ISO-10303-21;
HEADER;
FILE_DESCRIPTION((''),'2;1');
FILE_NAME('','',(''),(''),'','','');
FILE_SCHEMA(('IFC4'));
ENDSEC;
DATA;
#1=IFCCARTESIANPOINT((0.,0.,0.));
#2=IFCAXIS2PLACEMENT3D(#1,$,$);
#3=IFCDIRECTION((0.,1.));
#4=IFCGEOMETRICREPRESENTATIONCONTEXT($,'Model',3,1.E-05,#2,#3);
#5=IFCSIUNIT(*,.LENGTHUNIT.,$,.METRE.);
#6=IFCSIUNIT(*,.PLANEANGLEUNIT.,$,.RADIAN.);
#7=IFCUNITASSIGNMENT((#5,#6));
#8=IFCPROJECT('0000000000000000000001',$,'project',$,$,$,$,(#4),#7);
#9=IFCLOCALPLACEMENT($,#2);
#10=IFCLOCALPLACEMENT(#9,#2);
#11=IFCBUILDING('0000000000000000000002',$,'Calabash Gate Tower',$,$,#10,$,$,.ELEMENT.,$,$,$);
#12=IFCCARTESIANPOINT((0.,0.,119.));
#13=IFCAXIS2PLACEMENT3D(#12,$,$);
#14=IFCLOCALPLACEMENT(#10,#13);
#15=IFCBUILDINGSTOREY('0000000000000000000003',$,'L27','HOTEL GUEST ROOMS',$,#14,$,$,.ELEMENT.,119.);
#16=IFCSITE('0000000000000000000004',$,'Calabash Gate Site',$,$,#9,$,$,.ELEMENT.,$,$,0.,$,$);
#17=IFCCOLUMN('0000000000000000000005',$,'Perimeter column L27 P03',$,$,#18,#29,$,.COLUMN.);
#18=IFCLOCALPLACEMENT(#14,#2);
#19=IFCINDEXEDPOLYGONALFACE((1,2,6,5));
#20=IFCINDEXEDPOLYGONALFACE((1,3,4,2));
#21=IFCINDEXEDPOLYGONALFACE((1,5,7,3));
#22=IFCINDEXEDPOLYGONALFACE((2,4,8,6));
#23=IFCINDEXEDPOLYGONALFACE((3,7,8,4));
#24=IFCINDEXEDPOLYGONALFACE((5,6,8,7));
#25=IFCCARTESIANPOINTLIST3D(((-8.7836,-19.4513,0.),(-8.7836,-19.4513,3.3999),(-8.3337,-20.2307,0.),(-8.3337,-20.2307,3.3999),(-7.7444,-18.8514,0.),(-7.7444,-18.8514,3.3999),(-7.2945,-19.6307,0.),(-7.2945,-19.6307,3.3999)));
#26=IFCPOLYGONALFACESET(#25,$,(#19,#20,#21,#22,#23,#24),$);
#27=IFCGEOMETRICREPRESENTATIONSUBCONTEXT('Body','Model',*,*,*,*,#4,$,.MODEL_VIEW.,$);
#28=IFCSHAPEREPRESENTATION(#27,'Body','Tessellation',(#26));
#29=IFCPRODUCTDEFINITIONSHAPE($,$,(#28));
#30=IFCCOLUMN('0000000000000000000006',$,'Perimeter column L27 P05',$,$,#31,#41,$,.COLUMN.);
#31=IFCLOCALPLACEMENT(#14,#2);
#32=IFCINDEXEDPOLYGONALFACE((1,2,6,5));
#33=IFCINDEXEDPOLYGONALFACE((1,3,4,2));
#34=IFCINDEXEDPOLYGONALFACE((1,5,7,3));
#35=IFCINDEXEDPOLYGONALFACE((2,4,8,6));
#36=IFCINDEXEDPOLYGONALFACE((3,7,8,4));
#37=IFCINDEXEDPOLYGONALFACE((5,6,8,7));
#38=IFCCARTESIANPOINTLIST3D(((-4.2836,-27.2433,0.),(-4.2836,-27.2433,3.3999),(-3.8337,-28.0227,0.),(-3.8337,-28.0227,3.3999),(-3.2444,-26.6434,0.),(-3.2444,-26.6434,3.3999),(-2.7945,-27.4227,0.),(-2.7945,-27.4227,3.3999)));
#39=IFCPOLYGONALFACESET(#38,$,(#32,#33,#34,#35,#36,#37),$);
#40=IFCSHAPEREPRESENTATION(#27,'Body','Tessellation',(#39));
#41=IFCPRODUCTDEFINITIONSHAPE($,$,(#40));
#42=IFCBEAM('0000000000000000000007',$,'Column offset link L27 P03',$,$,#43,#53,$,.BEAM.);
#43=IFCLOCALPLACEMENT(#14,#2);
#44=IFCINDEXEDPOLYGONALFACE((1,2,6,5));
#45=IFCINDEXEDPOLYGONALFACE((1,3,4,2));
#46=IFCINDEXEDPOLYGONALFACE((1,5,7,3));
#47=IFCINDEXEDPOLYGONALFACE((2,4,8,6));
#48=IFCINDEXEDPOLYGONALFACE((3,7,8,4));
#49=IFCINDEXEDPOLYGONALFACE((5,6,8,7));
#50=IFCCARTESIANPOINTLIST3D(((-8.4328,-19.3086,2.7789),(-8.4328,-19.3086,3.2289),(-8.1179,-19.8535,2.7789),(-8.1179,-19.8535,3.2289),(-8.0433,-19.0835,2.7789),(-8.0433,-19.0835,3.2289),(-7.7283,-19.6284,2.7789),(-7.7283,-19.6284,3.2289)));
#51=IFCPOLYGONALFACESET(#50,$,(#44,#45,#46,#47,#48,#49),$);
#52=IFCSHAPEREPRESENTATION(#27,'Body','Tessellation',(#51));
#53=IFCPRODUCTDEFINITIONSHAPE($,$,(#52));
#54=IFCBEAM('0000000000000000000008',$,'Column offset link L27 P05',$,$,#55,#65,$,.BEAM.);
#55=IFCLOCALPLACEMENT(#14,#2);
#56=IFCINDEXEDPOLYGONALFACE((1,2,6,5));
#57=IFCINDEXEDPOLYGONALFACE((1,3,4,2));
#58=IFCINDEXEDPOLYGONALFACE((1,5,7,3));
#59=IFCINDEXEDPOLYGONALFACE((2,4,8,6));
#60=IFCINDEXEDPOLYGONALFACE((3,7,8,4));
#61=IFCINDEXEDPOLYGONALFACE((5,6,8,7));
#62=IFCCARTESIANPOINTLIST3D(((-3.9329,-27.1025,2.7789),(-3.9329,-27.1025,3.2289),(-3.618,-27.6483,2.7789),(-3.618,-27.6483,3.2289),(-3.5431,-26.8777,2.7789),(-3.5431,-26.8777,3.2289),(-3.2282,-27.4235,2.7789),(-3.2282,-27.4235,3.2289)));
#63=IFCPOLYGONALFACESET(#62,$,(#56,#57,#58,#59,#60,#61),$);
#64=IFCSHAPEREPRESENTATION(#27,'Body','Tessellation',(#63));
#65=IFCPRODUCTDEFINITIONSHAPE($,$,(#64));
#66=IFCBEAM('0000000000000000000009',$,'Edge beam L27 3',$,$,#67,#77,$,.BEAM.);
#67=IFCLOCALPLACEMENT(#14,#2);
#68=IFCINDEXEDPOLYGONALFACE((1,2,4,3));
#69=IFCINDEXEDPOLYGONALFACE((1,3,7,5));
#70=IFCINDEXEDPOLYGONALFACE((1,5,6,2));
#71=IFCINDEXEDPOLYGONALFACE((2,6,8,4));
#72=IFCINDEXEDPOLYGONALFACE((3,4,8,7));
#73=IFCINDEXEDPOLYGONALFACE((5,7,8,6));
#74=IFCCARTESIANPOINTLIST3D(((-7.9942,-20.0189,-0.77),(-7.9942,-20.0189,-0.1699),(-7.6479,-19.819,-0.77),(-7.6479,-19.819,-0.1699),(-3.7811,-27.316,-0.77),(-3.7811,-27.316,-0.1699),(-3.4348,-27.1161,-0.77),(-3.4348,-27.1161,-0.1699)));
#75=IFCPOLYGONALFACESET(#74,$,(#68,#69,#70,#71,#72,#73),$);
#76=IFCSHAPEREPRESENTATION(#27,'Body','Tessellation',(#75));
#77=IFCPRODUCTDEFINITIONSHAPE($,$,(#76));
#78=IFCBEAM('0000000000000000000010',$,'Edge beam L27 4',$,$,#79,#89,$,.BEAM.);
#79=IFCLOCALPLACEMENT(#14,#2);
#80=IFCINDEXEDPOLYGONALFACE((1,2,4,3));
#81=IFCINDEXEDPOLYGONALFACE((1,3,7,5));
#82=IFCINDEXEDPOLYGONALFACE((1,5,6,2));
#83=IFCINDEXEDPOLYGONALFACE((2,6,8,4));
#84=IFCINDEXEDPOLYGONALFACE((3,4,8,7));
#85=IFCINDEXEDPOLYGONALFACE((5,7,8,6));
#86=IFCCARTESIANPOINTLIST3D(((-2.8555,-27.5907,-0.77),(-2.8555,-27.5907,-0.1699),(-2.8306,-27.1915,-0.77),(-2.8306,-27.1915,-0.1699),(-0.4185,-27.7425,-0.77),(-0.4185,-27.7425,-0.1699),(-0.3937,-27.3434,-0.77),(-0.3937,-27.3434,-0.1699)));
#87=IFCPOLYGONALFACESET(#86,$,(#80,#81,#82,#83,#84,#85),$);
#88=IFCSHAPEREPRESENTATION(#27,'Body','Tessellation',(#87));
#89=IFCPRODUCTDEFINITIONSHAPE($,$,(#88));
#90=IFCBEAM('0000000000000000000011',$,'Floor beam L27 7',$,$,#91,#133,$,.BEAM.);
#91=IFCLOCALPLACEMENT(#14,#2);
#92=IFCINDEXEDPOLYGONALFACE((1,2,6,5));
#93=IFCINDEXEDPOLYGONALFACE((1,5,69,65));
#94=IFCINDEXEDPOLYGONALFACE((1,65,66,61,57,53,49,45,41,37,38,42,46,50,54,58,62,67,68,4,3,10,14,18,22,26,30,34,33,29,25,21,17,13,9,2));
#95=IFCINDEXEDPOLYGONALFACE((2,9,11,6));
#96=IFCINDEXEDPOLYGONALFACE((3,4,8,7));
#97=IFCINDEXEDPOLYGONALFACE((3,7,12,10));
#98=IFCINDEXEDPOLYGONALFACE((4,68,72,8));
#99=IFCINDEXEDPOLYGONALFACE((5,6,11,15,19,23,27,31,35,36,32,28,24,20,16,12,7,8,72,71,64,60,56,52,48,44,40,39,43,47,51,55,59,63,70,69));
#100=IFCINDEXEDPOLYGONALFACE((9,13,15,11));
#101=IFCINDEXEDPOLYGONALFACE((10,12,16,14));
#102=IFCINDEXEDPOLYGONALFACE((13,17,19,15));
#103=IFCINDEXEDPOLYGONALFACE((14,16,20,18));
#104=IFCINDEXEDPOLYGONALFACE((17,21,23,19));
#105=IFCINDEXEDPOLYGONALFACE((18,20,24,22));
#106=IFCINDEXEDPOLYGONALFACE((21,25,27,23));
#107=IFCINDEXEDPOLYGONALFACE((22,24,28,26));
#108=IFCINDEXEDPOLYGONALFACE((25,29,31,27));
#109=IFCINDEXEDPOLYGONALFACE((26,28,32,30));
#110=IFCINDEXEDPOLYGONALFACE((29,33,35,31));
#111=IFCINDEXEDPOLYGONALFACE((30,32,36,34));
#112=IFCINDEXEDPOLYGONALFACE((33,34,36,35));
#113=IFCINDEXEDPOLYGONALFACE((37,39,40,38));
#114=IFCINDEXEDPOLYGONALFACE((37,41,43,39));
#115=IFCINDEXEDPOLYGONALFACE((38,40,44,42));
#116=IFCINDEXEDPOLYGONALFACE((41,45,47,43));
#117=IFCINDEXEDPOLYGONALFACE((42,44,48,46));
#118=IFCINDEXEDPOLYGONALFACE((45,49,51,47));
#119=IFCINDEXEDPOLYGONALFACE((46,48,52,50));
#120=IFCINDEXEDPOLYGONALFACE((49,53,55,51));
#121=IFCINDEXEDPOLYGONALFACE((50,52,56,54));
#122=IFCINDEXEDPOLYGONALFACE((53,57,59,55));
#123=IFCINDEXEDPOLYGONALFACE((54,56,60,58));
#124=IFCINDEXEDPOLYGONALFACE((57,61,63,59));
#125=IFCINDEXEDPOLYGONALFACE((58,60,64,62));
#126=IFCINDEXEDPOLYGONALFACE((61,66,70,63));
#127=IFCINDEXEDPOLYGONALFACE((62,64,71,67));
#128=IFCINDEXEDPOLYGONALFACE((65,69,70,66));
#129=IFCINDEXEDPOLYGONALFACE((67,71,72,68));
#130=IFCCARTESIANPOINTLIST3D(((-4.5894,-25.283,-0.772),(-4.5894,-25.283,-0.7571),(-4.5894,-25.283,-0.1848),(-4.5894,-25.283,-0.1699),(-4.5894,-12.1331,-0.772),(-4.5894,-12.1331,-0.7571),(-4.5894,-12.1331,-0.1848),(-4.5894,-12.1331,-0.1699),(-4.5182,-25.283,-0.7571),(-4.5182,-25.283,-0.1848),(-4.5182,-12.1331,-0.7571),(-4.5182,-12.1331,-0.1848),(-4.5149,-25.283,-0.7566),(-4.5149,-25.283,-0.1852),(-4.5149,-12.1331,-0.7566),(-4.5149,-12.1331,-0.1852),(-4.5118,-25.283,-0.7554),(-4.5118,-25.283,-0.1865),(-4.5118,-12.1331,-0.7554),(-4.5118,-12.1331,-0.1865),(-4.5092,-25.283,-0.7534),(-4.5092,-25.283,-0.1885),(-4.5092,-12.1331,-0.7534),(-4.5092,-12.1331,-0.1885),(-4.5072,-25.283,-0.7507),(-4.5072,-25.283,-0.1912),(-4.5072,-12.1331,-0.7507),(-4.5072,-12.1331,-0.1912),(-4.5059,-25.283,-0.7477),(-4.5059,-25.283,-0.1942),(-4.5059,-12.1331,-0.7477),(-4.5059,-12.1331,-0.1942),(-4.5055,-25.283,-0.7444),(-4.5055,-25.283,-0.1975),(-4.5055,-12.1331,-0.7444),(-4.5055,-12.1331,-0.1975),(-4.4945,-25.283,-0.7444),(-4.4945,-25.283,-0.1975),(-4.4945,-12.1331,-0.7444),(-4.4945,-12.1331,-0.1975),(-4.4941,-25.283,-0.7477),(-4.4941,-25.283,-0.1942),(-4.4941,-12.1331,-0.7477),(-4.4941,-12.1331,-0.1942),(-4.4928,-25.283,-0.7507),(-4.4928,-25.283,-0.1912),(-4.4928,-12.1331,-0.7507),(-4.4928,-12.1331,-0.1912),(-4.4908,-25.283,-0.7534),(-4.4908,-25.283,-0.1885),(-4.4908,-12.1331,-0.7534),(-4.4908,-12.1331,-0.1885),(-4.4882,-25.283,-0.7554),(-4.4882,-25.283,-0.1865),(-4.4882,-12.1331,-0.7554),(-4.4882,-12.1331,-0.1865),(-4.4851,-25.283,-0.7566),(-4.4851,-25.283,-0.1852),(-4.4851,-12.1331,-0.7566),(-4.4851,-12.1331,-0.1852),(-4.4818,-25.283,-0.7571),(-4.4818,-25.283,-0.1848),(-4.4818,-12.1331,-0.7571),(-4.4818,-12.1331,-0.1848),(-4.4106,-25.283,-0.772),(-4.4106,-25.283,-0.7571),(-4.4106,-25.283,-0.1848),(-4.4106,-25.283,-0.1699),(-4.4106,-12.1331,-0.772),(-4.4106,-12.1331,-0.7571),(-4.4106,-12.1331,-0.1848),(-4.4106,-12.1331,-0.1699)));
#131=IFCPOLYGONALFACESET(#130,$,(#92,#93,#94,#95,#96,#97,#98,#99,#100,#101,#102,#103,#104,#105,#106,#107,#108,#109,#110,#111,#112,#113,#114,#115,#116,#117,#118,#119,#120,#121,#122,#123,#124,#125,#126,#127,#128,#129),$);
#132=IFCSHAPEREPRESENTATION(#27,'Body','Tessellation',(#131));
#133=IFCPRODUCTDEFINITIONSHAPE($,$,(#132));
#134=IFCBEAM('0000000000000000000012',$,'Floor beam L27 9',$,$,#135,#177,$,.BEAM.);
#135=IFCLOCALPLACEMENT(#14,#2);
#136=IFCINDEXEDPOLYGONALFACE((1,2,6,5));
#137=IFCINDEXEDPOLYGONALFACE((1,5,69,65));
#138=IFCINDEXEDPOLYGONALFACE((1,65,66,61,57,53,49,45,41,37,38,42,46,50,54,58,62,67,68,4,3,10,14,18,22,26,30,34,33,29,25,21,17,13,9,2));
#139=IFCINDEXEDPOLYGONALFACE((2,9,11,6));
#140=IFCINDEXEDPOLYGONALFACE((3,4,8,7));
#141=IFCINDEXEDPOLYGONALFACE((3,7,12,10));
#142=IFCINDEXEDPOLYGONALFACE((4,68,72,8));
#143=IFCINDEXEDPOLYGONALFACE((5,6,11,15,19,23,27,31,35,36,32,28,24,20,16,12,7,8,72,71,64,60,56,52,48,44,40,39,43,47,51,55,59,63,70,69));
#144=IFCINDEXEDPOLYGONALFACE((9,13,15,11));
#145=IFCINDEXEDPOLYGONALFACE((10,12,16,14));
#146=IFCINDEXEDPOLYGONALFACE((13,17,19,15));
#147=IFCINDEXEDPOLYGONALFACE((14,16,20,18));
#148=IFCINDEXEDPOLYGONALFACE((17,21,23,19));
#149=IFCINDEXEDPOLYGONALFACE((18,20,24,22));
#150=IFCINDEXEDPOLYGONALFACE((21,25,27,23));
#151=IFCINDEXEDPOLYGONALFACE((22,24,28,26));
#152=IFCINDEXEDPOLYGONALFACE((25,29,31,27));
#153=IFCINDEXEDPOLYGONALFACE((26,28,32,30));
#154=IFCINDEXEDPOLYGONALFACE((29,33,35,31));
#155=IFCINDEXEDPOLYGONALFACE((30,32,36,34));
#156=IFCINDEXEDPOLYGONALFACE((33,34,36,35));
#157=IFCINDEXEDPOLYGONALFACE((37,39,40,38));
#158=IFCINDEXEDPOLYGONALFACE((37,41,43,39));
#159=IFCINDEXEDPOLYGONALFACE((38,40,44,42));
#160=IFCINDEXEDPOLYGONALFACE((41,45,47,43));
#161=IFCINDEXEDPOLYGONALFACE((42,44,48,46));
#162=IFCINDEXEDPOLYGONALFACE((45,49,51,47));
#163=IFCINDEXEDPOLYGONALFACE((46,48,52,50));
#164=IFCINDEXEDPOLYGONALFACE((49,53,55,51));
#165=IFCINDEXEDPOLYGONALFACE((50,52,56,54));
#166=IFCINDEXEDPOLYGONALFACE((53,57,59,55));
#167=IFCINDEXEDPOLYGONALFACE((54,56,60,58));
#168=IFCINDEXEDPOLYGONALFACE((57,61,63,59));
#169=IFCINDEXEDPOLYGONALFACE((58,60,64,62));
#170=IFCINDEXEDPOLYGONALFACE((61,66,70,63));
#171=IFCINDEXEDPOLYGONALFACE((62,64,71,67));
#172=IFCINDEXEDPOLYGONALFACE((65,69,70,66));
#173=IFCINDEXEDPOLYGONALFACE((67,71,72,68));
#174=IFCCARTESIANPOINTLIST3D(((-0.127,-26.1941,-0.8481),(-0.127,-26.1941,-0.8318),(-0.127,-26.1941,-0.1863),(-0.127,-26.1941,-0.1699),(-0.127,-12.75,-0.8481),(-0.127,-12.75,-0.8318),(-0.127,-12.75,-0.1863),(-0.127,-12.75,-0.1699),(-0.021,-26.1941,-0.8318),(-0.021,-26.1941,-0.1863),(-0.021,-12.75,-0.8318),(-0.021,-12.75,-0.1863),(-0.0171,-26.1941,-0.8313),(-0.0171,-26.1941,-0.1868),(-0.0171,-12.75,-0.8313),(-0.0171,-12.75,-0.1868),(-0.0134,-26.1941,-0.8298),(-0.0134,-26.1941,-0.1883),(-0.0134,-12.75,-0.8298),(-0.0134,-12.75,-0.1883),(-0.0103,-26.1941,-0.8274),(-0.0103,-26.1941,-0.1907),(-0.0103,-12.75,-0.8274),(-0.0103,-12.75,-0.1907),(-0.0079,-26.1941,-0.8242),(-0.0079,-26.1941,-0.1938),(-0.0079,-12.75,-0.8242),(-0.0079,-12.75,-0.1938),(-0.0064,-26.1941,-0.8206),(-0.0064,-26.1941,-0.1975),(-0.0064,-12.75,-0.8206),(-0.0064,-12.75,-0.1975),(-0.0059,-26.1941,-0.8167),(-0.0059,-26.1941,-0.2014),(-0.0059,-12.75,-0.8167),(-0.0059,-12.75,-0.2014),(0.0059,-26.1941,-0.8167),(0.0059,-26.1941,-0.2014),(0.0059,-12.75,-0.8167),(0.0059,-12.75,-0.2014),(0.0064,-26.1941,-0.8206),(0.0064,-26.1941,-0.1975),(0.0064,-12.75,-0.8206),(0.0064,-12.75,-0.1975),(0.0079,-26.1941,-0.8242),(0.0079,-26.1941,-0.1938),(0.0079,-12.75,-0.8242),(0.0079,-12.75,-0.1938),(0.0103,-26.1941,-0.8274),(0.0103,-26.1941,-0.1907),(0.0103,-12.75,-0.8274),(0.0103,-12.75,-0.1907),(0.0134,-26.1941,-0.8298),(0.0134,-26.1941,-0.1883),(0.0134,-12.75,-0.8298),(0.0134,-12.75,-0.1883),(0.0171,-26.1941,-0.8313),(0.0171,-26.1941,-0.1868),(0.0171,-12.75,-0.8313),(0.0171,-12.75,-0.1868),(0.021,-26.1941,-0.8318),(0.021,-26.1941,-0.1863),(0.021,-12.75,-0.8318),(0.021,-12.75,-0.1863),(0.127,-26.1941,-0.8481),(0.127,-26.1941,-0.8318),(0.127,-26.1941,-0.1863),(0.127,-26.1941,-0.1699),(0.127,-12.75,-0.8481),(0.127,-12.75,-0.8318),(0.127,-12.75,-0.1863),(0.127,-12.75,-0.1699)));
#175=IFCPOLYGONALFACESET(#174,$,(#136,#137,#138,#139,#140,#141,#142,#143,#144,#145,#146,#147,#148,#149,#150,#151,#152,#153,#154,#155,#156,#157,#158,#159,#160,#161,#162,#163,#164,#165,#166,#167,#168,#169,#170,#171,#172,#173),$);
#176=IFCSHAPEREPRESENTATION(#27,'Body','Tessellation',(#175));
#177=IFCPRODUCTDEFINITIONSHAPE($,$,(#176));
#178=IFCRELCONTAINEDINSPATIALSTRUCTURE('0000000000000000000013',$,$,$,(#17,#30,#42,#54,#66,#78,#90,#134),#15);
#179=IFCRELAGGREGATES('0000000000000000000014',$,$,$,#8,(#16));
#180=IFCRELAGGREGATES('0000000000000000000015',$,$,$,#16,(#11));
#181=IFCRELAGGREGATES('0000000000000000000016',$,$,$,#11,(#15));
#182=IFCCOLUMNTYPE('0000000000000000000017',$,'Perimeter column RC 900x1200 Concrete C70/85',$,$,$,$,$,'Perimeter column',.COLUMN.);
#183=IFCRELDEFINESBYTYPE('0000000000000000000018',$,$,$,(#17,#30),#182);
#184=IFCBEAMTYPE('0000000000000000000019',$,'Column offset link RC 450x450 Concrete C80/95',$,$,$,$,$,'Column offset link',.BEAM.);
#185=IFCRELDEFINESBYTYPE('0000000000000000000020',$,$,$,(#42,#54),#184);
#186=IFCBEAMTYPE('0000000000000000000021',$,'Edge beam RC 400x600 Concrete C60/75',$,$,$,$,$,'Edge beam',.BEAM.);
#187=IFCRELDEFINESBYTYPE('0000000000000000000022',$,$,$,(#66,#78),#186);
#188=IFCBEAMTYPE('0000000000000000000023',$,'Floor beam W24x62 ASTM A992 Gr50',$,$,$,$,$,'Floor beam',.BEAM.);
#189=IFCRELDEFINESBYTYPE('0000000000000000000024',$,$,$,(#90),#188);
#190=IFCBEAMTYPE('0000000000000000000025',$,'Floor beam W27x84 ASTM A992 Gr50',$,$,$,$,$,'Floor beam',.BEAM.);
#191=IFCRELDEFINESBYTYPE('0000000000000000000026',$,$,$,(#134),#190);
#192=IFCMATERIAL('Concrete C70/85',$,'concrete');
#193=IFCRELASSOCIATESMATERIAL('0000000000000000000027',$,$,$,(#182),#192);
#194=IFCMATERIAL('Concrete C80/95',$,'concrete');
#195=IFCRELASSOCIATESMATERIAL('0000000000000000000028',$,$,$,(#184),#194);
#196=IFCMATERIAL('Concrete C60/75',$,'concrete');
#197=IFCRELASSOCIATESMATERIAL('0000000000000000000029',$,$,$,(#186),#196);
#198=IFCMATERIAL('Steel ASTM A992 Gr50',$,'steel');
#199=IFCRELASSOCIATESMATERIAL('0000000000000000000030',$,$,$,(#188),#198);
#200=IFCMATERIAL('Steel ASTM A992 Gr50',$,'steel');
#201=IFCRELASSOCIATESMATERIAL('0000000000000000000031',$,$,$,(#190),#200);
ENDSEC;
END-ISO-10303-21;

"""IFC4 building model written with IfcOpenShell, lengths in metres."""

from ifc_helpers import new_model, si_unit, direction, frame, origin, origin_2d, place, context, subcontext, project, spatial, rectangle, i_section, extrude, material, material_profile, profile_set, type_object, element, save


model = new_model("IFC4")

# Units and contexts
model_context = context("Model", 3, precision=1e-05, world=origin(), true_north=direction((0.0, 1.0)))
body_context = subcontext(model_context, "Body", "Model", "MODEL_VIEW")
ifc_project = project(units=[si_unit("LENGTHUNIT", "METRE"), si_unit("PLANEANGLEUNIT", "RADIAN")], contexts=[model_context])

# Site, building, storey
site_placement = place(None, origin())
site = spatial("IfcSite", under=ifc_project, at=site_placement, Name="Calabash Gate Site", CompositionType="ELEMENT", RefElevation=0.0)
building_placement = place(site_placement, origin())
building = spatial("IfcBuilding", under=site, at=building_placement, Name="Calabash Gate Tower", CompositionType="ELEMENT")
storey_placement = place(building_placement, frame((0.0, 0.0, 119.0)))
storey = spatial("IfcBuildingStorey", under=building, at=storey_placement, Name="L27", Description="HOTEL GUEST ROOMS", CompositionType="ELEMENT", Elevation=119.0)

# Columns
ifc_material_1 = material(Name="Concrete C70/85", Category="concrete")
ifc_material_profile_1 = material_profile(ifc_material_1, rectangle(XDim=0.8999, YDim=1.2, at=origin_2d()))
ifc_profile_set_1 = profile_set([ifc_material_profile_1], Name="Concrete C70/85")
column_type = type_object("IfcColumnType", Name="Perimeter column RC 900x1200 Concrete C70/85", ElementType="Perimeter column", PredefinedType="COLUMN", material=ifc_profile_set_1)
for number, where, z_axis, x_axis, name in (
    (1, (-8.0391, -19.541, 0.0), (0.0, 0.0, 1.0), (0.5, -0.866025, 0.0), "Perimeter column L27 P03"),
    (2, (-3.5391, -27.333, 0.0), (0.0, 0.0, 1.0), (0.5, -0.866025, 0.0), "Perimeter column L27 P05"),
):
    element("IfcColumn", number, at=place(storey_placement, frame(where, z_axis=z_axis, x_axis=x_axis)), inside=storey, type_object=column_type, Name=name, PredefinedType="COLUMN", context=body_context, shape_type="SweptSolid", body=[
        extrude(rectangle(XDim=0.8999, YDim=1.2, at=origin_2d()), origin(), (0.0, 0.0, 1.0), 3.3999),
    ])

# Beams
ifc_material_2 = material(Name="Concrete C80/95", Category="concrete")
ifc_material_profile_2 = material_profile(ifc_material_2, rectangle(XDim=0.45, YDim=0.45, at=origin_2d()))
ifc_profile_set_2 = profile_set([ifc_material_profile_2], Name="Concrete C80/95")
beam_type_1 = type_object("IfcBeamType", Name="Column offset link RC 450x450 Concrete C80/95", ElementType="Column offset link", PredefinedType="BEAM", material=ifc_profile_set_2)
beam_1_placement = place(storey_placement, frame((-7.9231, -19.741, 3.0039), z_axis=(-0.500394, 0.865798, 0.0), x_axis=(-0.865798, -0.500394, 0.0)))
element("IfcBeam", 3, at=beam_1_placement, inside=storey, type_object=beam_type_1, Name="Column offset link L27 P03", PredefinedType="BEAM", context=body_context, shape_type="SweptSolid", body=[
    extrude(rectangle(XDim=0.45, YDim=0.45, at=origin_2d()), origin(), (0.0, 0.0, 1.0), 0.6294),
])
beam_2_placement = place(storey_placement, frame((-3.4231, -27.5359, 3.0039), z_axis=(-0.499722, 0.866186, 0.0), x_axis=(-0.866186, -0.499722, 0.0)))
element("IfcBeam", 4, at=beam_2_placement, inside=storey, type_object=beam_type_1, Name="Column offset link L27 P05", PredefinedType="BEAM", context=body_context, shape_type="SweptSolid", body=[
    extrude(rectangle(XDim=0.45, YDim=0.45, at=origin_2d()), origin(), (0.0, 0.0, 1.0), 0.6301),
])
ifc_material_3 = material(Name="Concrete C60/75", Category="concrete")
ifc_material_profile_3 = material_profile(ifc_material_3, rectangle(XDim=0.3999, YDim=0.6001, at=origin_2d()))
ifc_profile_set_3 = profile_set([ifc_material_profile_3], Name="Concrete C60/75")
beam_type_2 = type_object("IfcBeamType", Name="Edge beam RC 400x600 Concrete C60/75", ElementType="Edge beam", PredefinedType="BEAM", material=ifc_profile_set_3)
beam_3_placement = place(storey_placement, frame((-7.821, -19.9189, -0.47), z_axis=(0.500013, -0.866018, 0.0), x_axis=(0.866018, 0.500013, 0.0)))
element("IfcBeam", 5, at=beam_3_placement, inside=storey, type_object=beam_type_2, Name="Edge beam L27 3", PredefinedType="BEAM", context=body_context, shape_type="SweptSolid", body=[
    extrude(rectangle(XDim=0.3999, YDim=0.6001, at=origin_2d()), origin(), (0.0, 0.0, 1.0), 8.426),
])
beam_4_placement = place(storey_placement, frame((-2.843, -27.3911, -0.47), z_axis=(0.998064, -0.062192, 0.0), x_axis=(0.062192, 0.998064, 0.0)))
element("IfcBeam", 6, at=beam_4_placement, inside=storey, type_object=beam_type_2, Name="Edge beam L27 4", PredefinedType="BEAM", context=body_context, shape_type="SweptSolid", body=[
    extrude(rectangle(XDim=0.3999, YDim=0.6001, at=origin_2d()), origin(), (0.0, 0.0, 1.0), 2.4417),
])
ifc_material_4 = material(Name="Steel ASTM A992 Gr50", Category="steel")
ifc_material_profile_4 = material_profile(ifc_material_4, i_section(OverallWidth=0.1787, OverallDepth=0.6021, WebThickness=0.011, FlangeThickness=0.0149, FilletRadius=0.0127, at=origin_2d()))
ifc_profile_set_4 = profile_set([ifc_material_profile_4], Name="Steel ASTM A992 Gr50")
beam_type_3 = type_object("IfcBeamType", Name="Floor beam W24x62 ASTM A992 Gr50", ElementType="Floor beam", PredefinedType="BEAM", material=ifc_profile_set_4)
beam_5_placement = place(storey_placement, frame((-4.5, -25.283, -0.4709), z_axis=(0.0, 1.0, 0.0), x_axis=(-1.0, 0.0, 0.0)))
element("IfcBeam", 7, at=beam_5_placement, inside=storey, type_object=beam_type_3, Name="Floor beam L27 7", PredefinedType="BEAM", context=body_context, shape_type="SweptSolid", body=[
    extrude(i_section(OverallWidth=0.1787, OverallDepth=0.6021, WebThickness=0.011, FlangeThickness=0.0149, FilletRadius=0.0127, at=origin_2d()), origin(), (0.0, 0.0, 1.0), 13.1499),
])
ifc_material_5 = material(Name="Steel ASTM A992 Gr50", Category="steel")
ifc_material_profile_5 = material_profile(ifc_material_5, i_section(OverallWidth=0.2539, OverallDepth=0.6782, WebThickness=0.0117, FlangeThickness=0.0164, FilletRadius=0.0151, at=origin_2d()))
ifc_profile_set_5 = profile_set([ifc_material_profile_5], Name="Steel ASTM A992 Gr50")
beam_type_4 = type_object("IfcBeamType", Name="Floor beam W27x84 ASTM A992 Gr50", ElementType="Floor beam", PredefinedType="BEAM", material=ifc_profile_set_5)
beam_6_placement = place(storey_placement, frame((0.0, -26.1941, -0.509), z_axis=(0.0, 1.0, 0.0), x_axis=(-1.0, 0.0, 0.0)))
element("IfcBeam", 8, at=beam_6_placement, inside=storey, type_object=beam_type_4, Name="Floor beam L27 9", PredefinedType="BEAM", context=body_context, shape_type="SweptSolid", body=[
    extrude(i_section(OverallWidth=0.2539, OverallDepth=0.6782, WebThickness=0.0117, FlangeThickness=0.0164, FilletRadius=0.0151, at=origin_2d()), origin(), (0.0, 0.0, 1.0), 13.4441),
])

save(model, "model.ifc")
